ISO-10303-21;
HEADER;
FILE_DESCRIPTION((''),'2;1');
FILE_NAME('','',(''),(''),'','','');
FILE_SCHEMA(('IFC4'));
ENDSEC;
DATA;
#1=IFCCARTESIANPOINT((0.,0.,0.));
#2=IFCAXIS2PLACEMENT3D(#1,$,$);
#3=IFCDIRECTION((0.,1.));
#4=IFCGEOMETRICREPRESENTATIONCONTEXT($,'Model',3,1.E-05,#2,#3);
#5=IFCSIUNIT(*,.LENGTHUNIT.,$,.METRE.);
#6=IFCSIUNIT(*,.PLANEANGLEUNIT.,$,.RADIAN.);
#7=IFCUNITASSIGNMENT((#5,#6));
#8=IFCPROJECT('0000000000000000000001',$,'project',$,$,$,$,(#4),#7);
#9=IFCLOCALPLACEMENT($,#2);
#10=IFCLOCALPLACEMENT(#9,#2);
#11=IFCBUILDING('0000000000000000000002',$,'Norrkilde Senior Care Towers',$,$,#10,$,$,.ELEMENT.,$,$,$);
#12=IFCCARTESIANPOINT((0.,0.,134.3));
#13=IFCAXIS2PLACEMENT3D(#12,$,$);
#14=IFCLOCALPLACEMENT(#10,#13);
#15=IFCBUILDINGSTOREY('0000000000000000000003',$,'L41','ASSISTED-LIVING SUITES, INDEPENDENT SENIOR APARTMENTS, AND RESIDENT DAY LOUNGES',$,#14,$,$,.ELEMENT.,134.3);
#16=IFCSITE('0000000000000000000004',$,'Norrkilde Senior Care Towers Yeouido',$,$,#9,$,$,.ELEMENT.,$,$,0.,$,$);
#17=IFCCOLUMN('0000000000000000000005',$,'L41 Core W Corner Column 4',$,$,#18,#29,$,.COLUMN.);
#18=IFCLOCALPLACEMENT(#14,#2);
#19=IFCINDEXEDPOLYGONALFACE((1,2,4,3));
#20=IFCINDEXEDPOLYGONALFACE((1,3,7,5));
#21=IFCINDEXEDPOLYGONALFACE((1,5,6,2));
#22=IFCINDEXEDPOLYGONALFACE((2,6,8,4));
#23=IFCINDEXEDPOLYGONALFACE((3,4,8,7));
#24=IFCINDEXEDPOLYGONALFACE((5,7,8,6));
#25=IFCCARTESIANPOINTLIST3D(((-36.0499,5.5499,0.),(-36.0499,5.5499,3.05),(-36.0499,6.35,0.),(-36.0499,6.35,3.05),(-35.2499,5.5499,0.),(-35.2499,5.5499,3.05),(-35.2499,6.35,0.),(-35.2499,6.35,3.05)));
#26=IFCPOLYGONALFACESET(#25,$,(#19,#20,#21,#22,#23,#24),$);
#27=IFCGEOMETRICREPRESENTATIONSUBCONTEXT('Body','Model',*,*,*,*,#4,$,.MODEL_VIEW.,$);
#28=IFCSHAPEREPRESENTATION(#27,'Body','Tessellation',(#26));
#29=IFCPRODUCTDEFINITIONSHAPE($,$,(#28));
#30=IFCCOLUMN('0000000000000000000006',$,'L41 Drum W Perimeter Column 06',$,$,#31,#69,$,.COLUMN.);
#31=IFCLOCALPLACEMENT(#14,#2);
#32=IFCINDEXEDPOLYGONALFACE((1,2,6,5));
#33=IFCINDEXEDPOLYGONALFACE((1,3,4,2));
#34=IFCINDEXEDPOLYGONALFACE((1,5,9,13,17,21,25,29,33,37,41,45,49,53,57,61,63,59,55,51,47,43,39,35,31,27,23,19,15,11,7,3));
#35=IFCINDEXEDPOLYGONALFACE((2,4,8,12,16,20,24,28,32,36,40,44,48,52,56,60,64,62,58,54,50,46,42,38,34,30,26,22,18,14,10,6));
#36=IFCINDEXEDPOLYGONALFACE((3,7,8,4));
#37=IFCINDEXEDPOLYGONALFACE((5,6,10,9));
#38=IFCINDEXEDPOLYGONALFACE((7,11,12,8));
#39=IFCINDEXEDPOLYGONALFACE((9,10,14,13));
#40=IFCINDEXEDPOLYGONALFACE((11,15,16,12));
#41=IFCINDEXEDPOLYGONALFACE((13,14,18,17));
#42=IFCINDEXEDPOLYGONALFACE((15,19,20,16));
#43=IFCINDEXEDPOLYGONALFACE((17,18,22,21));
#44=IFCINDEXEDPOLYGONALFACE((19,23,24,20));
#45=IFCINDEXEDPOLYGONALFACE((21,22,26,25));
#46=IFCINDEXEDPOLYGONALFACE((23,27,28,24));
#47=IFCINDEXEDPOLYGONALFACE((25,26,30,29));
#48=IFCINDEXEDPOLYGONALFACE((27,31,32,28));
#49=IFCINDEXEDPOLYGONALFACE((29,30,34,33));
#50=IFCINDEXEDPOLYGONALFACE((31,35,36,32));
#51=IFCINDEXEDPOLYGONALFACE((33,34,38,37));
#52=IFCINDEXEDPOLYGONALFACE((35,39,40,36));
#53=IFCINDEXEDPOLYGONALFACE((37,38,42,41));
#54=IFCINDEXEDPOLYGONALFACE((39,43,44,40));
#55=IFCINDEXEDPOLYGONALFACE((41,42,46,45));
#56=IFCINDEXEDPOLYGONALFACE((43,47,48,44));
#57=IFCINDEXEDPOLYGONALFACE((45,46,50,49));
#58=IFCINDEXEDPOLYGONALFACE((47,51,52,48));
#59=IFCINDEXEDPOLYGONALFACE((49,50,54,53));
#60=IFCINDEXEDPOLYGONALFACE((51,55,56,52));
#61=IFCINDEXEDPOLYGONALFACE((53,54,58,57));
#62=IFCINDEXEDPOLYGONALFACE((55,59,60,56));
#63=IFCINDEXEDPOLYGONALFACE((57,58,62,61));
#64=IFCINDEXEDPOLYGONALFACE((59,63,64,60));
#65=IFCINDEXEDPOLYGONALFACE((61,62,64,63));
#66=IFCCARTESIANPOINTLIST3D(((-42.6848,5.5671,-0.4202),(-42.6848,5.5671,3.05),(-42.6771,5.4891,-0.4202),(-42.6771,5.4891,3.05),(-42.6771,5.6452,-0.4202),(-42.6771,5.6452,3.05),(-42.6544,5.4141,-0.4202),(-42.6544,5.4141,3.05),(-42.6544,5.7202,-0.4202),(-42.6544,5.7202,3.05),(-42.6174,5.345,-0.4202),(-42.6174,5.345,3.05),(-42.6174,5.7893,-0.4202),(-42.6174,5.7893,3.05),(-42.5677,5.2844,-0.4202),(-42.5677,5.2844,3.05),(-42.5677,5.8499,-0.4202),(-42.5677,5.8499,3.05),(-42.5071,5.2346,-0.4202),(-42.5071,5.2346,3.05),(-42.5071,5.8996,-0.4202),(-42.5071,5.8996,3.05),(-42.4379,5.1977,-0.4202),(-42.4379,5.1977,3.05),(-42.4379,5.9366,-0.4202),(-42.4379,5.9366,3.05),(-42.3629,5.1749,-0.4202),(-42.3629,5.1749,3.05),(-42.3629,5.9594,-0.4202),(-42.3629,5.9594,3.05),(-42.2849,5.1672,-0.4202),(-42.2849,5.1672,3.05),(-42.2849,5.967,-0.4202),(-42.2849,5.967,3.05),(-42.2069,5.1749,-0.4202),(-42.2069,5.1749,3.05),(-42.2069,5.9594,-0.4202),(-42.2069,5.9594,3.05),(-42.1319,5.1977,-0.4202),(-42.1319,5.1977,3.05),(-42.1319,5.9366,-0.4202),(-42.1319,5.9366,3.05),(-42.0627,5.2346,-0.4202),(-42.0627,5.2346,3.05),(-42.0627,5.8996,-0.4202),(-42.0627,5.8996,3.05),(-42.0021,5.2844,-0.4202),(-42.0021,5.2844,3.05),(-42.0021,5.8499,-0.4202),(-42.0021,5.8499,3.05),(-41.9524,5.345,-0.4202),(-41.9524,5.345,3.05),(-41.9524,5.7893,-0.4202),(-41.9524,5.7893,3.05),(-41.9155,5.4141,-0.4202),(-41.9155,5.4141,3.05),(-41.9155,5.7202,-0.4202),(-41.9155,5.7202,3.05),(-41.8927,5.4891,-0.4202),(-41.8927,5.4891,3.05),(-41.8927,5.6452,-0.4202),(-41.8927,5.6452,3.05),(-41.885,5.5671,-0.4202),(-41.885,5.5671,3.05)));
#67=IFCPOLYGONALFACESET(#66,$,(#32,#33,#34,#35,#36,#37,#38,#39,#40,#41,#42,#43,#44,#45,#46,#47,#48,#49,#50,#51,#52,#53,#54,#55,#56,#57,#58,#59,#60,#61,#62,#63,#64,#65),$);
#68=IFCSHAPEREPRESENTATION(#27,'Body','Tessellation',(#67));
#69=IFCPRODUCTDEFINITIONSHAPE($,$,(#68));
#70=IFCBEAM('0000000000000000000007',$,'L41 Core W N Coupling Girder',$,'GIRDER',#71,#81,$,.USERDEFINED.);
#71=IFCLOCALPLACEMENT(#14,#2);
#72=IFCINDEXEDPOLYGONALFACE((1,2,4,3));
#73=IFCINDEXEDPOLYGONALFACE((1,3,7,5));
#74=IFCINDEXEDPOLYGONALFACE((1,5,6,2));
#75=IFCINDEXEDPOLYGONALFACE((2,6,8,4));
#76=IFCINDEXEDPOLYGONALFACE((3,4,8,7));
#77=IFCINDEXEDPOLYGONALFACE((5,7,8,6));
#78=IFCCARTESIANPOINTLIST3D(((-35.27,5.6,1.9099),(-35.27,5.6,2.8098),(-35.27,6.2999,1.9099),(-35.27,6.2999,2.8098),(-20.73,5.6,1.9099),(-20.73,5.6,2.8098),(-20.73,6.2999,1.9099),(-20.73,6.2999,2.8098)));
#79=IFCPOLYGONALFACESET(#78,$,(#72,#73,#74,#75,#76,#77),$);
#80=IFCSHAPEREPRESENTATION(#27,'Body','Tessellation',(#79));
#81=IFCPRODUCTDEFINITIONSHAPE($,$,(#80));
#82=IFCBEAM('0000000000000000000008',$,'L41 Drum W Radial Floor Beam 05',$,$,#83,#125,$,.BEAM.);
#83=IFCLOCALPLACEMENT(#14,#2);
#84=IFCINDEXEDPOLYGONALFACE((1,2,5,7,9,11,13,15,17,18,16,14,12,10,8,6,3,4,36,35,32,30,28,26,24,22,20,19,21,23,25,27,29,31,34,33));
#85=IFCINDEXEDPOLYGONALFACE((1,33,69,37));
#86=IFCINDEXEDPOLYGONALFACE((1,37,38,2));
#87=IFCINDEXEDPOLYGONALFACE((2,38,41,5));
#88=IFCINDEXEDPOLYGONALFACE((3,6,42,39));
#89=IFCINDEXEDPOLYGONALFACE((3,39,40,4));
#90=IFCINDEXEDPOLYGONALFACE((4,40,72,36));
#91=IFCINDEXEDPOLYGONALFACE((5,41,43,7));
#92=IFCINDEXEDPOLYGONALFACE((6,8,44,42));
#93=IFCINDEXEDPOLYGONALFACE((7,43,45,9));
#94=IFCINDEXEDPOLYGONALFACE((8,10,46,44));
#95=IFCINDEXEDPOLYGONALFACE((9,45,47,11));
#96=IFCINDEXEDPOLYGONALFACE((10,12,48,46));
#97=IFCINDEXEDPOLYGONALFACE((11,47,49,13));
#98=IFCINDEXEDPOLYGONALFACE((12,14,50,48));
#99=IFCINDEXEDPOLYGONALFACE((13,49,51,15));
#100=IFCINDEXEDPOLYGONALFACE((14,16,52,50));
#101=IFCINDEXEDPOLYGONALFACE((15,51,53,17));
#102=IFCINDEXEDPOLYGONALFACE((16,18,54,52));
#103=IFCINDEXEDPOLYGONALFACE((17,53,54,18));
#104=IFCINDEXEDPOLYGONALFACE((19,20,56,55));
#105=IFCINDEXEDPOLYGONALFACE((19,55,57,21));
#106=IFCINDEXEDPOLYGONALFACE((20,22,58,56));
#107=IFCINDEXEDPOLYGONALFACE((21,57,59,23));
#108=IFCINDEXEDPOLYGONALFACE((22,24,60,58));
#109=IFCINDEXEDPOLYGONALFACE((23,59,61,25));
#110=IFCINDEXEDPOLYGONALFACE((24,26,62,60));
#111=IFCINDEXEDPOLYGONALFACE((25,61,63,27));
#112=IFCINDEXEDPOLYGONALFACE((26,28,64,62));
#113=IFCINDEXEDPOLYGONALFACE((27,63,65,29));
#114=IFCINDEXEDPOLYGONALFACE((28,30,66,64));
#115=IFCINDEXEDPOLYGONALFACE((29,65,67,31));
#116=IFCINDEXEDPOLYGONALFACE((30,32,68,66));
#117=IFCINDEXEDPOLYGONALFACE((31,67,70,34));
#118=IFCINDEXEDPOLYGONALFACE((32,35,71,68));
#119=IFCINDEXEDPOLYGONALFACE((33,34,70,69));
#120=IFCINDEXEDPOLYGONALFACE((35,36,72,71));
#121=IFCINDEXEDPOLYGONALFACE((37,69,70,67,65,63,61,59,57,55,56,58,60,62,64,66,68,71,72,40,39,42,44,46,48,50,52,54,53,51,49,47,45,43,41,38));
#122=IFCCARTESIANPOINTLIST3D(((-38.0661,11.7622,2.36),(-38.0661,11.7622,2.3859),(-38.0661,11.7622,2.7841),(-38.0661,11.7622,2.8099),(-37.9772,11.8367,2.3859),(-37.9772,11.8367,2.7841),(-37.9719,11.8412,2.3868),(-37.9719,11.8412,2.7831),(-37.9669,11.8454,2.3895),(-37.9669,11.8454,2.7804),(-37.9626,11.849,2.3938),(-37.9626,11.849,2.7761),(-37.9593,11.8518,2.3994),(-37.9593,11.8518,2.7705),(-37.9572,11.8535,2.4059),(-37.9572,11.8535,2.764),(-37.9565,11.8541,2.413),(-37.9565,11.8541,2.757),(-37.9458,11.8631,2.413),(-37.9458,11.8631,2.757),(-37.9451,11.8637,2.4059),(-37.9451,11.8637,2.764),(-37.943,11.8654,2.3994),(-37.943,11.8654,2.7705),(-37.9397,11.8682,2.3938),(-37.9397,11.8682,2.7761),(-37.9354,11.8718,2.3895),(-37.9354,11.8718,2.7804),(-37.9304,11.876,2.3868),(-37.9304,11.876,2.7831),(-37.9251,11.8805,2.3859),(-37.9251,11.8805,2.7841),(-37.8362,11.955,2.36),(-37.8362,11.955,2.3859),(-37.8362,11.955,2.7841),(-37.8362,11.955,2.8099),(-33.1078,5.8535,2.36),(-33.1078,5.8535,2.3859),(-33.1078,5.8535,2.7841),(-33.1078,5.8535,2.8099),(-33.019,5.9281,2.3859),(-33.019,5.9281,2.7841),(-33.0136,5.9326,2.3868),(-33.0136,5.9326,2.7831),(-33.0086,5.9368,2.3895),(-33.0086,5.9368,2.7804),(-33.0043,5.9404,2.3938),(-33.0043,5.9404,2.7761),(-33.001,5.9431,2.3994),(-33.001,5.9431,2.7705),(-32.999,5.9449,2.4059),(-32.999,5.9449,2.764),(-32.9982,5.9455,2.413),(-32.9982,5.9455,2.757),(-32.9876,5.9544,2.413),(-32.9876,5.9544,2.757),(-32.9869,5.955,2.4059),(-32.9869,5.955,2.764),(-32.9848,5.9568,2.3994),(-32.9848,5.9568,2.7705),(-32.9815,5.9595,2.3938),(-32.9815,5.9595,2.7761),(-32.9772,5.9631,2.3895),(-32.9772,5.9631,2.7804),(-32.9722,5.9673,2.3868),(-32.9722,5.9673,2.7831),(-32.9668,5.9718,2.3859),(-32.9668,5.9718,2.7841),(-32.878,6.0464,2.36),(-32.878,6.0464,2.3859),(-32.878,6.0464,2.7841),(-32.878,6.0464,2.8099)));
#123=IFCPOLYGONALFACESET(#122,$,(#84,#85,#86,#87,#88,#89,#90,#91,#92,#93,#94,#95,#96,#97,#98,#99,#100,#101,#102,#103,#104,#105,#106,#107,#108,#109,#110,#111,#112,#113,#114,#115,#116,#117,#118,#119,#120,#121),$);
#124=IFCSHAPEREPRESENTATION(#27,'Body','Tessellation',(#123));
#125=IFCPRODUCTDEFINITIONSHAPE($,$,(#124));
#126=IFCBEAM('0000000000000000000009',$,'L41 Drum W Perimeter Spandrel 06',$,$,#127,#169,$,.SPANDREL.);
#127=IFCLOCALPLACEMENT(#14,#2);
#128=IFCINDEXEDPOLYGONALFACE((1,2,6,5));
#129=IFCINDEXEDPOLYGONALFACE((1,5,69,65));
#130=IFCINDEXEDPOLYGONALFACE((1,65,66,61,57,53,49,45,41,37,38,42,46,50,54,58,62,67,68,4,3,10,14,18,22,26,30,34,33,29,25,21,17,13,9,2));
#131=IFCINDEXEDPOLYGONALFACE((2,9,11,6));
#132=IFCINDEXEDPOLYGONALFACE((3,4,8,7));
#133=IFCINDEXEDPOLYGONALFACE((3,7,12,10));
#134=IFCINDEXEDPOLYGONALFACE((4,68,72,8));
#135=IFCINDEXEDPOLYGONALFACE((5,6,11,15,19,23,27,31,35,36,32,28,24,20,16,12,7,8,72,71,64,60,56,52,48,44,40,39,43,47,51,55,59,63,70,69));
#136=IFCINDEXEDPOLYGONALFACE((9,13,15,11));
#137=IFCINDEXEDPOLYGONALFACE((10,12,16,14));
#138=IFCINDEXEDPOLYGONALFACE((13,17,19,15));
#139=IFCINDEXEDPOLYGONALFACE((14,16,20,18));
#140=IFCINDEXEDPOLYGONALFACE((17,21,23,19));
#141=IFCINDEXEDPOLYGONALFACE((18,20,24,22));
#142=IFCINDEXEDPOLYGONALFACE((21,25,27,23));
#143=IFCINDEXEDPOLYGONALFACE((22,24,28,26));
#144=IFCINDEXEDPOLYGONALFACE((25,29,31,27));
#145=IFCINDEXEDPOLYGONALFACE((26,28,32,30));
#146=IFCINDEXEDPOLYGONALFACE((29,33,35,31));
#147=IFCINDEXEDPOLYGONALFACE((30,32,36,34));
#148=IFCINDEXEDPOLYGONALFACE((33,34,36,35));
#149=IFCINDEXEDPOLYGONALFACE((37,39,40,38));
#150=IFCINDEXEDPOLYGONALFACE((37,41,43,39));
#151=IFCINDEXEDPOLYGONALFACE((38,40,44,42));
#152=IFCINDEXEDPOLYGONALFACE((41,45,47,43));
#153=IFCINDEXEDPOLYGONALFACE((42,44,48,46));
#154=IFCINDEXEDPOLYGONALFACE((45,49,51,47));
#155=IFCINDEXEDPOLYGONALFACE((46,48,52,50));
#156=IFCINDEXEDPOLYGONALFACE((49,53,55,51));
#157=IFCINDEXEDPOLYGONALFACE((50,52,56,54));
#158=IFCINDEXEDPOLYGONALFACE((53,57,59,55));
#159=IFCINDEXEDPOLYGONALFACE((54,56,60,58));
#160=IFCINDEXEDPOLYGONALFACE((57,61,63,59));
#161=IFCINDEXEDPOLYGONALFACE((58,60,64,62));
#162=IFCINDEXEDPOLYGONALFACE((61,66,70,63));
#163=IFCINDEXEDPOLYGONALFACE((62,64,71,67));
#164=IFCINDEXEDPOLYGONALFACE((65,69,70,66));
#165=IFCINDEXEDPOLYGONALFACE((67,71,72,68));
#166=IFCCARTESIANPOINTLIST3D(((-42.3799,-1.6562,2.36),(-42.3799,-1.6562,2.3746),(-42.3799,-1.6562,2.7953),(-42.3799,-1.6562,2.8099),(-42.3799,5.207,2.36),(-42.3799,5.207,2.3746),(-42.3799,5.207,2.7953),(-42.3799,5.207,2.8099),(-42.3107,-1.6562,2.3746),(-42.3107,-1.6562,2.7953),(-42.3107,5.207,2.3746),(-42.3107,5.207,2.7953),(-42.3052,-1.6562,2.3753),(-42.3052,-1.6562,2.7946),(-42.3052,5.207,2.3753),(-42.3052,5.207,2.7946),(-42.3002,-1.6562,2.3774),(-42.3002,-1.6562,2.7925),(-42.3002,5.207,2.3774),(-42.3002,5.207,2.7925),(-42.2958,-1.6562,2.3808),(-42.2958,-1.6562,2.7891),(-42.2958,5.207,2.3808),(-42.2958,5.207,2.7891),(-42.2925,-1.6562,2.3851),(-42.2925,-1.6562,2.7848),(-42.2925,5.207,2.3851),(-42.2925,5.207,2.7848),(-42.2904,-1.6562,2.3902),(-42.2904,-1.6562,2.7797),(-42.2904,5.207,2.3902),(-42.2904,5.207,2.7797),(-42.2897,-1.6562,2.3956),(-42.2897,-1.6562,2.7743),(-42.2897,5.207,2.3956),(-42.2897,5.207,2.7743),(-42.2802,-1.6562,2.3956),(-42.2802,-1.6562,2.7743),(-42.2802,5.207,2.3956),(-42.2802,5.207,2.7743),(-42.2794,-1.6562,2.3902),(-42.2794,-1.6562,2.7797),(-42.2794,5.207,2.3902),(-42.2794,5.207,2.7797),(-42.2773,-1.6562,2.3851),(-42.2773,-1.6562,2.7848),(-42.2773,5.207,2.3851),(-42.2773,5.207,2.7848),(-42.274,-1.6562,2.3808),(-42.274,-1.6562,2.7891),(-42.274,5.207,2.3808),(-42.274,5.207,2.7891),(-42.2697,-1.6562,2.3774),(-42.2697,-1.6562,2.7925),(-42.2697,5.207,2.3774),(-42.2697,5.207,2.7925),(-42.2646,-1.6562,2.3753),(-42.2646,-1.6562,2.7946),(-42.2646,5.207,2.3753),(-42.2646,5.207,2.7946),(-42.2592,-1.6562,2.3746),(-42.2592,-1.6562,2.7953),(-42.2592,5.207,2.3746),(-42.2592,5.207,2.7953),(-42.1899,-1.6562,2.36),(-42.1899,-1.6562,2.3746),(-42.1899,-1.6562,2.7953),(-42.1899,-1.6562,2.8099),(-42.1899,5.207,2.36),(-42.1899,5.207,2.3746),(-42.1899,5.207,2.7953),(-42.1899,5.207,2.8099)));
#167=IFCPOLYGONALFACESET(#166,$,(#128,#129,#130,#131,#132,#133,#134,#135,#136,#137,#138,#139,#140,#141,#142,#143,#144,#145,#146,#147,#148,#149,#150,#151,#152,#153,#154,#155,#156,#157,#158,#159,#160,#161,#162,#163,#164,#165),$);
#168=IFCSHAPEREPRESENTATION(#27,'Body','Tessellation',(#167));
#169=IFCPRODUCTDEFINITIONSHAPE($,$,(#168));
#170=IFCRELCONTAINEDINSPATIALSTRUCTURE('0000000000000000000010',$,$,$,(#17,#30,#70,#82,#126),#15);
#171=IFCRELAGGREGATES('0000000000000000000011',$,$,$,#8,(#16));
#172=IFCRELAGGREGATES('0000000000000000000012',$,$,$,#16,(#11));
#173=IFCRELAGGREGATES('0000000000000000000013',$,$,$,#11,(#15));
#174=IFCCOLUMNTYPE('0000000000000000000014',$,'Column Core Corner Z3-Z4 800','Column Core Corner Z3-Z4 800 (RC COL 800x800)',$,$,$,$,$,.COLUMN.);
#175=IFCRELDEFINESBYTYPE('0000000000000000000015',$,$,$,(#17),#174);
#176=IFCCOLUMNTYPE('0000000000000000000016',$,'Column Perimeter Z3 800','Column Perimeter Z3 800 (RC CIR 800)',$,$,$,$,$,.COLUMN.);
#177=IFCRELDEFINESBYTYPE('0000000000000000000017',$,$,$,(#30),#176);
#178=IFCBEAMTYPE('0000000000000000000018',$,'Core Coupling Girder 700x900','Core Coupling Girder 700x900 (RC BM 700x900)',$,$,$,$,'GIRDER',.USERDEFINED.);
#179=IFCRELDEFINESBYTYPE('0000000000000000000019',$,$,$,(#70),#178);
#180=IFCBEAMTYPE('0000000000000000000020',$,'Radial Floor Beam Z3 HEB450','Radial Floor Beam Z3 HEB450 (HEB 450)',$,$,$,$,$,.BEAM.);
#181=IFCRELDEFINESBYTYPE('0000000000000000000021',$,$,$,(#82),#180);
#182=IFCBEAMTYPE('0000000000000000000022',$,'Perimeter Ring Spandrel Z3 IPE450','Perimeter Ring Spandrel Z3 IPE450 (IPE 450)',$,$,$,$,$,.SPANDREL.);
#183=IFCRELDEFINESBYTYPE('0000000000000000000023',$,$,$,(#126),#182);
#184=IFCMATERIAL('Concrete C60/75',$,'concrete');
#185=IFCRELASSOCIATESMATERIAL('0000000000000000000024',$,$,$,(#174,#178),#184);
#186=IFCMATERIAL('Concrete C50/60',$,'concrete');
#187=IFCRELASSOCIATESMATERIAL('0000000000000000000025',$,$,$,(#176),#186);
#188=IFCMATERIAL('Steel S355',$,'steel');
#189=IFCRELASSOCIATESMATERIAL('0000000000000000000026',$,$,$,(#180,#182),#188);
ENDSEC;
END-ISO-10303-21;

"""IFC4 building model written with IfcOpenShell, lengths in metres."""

from ifc_helpers import new_model, si_unit, direction, frame, origin, origin_2d, place, context, subcontext, project, spatial, rectangle, circle, i_section, extrude, source, transform, mapped, material, material_profile, profile_set, type_object, type_shapes, element, save


model = new_model("IFC4")

# Units and contexts
model_context = context("Model", 3, precision=1e-05, world=origin(), true_north=direction((0.0, 1.0)))
body_context = subcontext(model_context, "Body", "Model", "MODEL_VIEW")
ifc_project = project(units=[si_unit("LENGTHUNIT", "METRE"), si_unit("PLANEANGLEUNIT", "RADIAN")], contexts=[model_context])

# Site, building, storey
site_placement = place(None, origin())
site = spatial("IfcSite", under=ifc_project, at=site_placement, Name="Norrkilde Senior Care Towers Yeouido", CompositionType="ELEMENT", RefElevation=0.0)
building_placement = place(site_placement, origin())
building = spatial("IfcBuilding", under=site, at=building_placement, Name="Norrkilde Senior Care Towers", CompositionType="ELEMENT")
storey_placement = place(building_placement, frame((0.0, 0.0, 134.3)))
storey = spatial("IfcBuildingStorey", under=building, at=storey_placement, Name="L41", Description="ASSISTED-LIVING SUITES, INDEPENDENT SENIOR APARTMENTS, AND RESIDENT DAY LOUNGES", CompositionType="ELEMENT", Elevation=134.3)

# Columns
ifc_material_1 = material(Name="Concrete C60/75", Category="concrete")
ifc_material_profile_1 = material_profile(ifc_material_1, rectangle(XDim=0.8, YDim=0.8, at=origin_2d()), Name="RC COL 800x800")
ifc_profile_set_1 = profile_set([ifc_material_profile_1], Name="Concrete C60/75")
column_type_1 = type_object("IfcColumnType", Name="Column Core Corner Z3-Z4 800", Description="Column Core Corner Z3-Z4 800 (RC COL 800x800)", PredefinedType="COLUMN", material=ifc_profile_set_1)
shared_shape_1 = source(origin(), body_context, "Body", "SweptSolid", [
    extrude(rectangle(XDim=0.8, YDim=0.8, at=origin_2d()), origin(), (0.0, 0.0, 1.0), 3.05),
])
type_shapes(column_type_1, [shared_shape_1])
column_1_placement = place(storey_placement, frame((-35.6499, 5.95, 0.0), z_axis=(0.0, 0.0, 1.0), x_axis=(1.0, 0.0, 0.0)))
element("IfcColumn", 1, at=column_1_placement, inside=storey, type_object=column_type_1, Name="L41 Core W Corner Column 4", PredefinedType="COLUMN", context=body_context, shape_type="MappedRepresentation", body=[
    mapped(shared_shape_1, transform((0.0, 0.0, 0.0), x_axis=(1.0, 0.0, 0.0), y_axis=(0.0, 1.0, 0.0), z_axis=(0.0, 0.0, 1.0), scale=1.0)),
])
ifc_material_2 = material(Name="Concrete C50/60", Category="concrete")
ifc_material_profile_2 = material_profile(ifc_material_2, circle(Radius=0.3999, at=origin_2d()), Name="RC CIR 800")
ifc_profile_set_2 = profile_set([ifc_material_profile_2], Name="Concrete C50/60")
column_type_2 = type_object("IfcColumnType", Name="Column Perimeter Z3 800", Description="Column Perimeter Z3 800 (RC CIR 800)", PredefinedType="COLUMN", material=ifc_profile_set_2)
shared_shape_2 = source(origin(), body_context, "Body", "SweptSolid", [
    extrude(circle(Radius=0.3999, at=origin_2d()), origin(), (0.0, 0.0, 1.0), 3.4702),
])
type_shapes(column_type_2, [shared_shape_2])
column_2_placement = place(storey_placement, frame((-42.2849, 5.5671, -0.4202), z_axis=(0.0, 0.0, 1.0), x_axis=(1.0, 0.0, 0.0)))
element("IfcColumn", 2, at=column_2_placement, inside=storey, type_object=column_type_2, Name="L41 Drum W Perimeter Column 06", PredefinedType="COLUMN", context=body_context, shape_type="MappedRepresentation", body=[
    mapped(shared_shape_2, transform((0.0, 0.0, 0.0), x_axis=(1.0, 0.0, 0.0), y_axis=(0.0, 1.0, 0.0), z_axis=(0.0, 0.0, 1.0), scale=1.0)),
])

# Beams
ifc_material_profile_3 = material_profile(ifc_material_1, rectangle(XDim=0.7, YDim=0.8999, at=origin_2d()), Name="RC BM 700x900")
ifc_profile_set_3 = profile_set([ifc_material_profile_3], Name="Concrete C60/75")
beam_type_1 = type_object("IfcBeamType", Name="Core Coupling Girder 700x900", Description="Core Coupling Girder 700x900 (RC BM 700x900)", ElementType="GIRDER", PredefinedType="USERDEFINED", material=ifc_profile_set_3)
shared_shape_3 = source(origin(), body_context, "Body", "SweptSolid", [
    extrude(rectangle(XDim=0.7, YDim=0.8999, at=origin_2d()), origin(), (0.0, 0.0, 1.0), 14.54),
])
type_shapes(beam_type_1, [shared_shape_3])
beam_1_placement = place(storey_placement, frame((-35.27, 5.95, 2.3599), z_axis=(1.0, 0.0, 0.0), x_axis=(0.0, 1.0, 0.0)))
element("IfcBeam", 3, at=beam_1_placement, inside=storey, type_object=beam_type_1, Name="L41 Core W N Coupling Girder", ObjectType="GIRDER", PredefinedType="USERDEFINED", context=body_context, shape_type="MappedRepresentation", body=[
    mapped(shared_shape_3, transform((0.0, 0.0, 0.0), x_axis=(1.0, 0.0, 0.0), y_axis=(0.0, 1.0, 0.0), z_axis=(0.0, 0.0, 1.0), scale=1.0)),
])
ifc_material_3 = material(Name="Steel S355", Category="steel")
ifc_material_profile_4 = material_profile(ifc_material_3, i_section(OverallWidth=0.3, OverallDepth=0.45, WebThickness=0.0139, FlangeThickness=0.0259, FilletRadius=0.0271, at=origin_2d()), Name="HEB 450")
ifc_profile_set_4 = profile_set([ifc_material_profile_4], Name="Steel S355")
beam_type_2 = type_object("IfcBeamType", Name="Radial Floor Beam Z3 HEB450", Description="Radial Floor Beam Z3 HEB450 (HEB 450)", PredefinedType="BEAM", material=ifc_profile_set_4)
shared_shape_4 = source(origin(), body_context, "Body", "SweptSolid", [
    extrude(i_section(OverallWidth=0.3, OverallDepth=0.45, WebThickness=0.0139, FlangeThickness=0.0259, FilletRadius=0.0271, at=origin_2d()), origin(), (0.0, 0.0, 1.0), 7.7134),
])
beam_2_placement = place(storey_placement, frame((-32.9929, 5.95, 2.585), z_axis=(-0.642808, 0.766027, 0.0), x_axis=(-0.766027, -0.642808, 0.0)))
element("IfcBeam", 4, at=beam_2_placement, inside=storey, type_object=beam_type_2, Name="L41 Drum W Radial Floor Beam 05", PredefinedType="BEAM", context=body_context, shape_type="MappedRepresentation", body=[
    mapped(shared_shape_4, transform((0.0, 0.0, 0.0), x_axis=(1.0, 0.0, 0.0), y_axis=(0.0, 1.0, 0.0), z_axis=(0.0, 0.0, 1.0), scale=1.0)),
])
ifc_material_profile_5 = material_profile(ifc_material_3, i_section(OverallWidth=0.1899, OverallDepth=0.45, WebThickness=0.0095, FlangeThickness=0.0146, FilletRadius=0.021, at=origin_2d()), Name="IPE 450")
ifc_profile_set_5 = profile_set([ifc_material_profile_5], Name="Steel S355")
beam_type_3 = type_object("IfcBeamType", Name="Perimeter Ring Spandrel Z3 IPE450", Description="Perimeter Ring Spandrel Z3 IPE450 (IPE 450)", PredefinedType="SPANDREL", material=ifc_profile_set_5)
shared_shape_5 = source(origin(), body_context, "Body", "SweptSolid", [
    extrude(i_section(OverallWidth=0.1899, OverallDepth=0.45, WebThickness=0.0095, FlangeThickness=0.0146, FilletRadius=0.021, at=origin_2d()), origin(), (0.0, 0.0, 1.0), 6.8633),
])
type_shapes(beam_type_3, [shared_shape_5])
beam_3_placement = place(storey_placement, frame((-42.2849, 5.207, 2.585), z_axis=(0.0, -1.0, 0.0), x_axis=(1.0, 0.0, 0.0)))
element("IfcBeam", 5, at=beam_3_placement, inside=storey, type_object=beam_type_3, Name="L41 Drum W Perimeter Spandrel 06", PredefinedType="SPANDREL", context=body_context, shape_type="MappedRepresentation", body=[
    mapped(shared_shape_5, transform((0.0, 0.0, 0.0), x_axis=(1.0, 0.0, 0.0), y_axis=(0.0, 1.0, 0.0), z_axis=(0.0, 0.0, 1.0), scale=1.0)),
])

save(model, "model.ifc")
